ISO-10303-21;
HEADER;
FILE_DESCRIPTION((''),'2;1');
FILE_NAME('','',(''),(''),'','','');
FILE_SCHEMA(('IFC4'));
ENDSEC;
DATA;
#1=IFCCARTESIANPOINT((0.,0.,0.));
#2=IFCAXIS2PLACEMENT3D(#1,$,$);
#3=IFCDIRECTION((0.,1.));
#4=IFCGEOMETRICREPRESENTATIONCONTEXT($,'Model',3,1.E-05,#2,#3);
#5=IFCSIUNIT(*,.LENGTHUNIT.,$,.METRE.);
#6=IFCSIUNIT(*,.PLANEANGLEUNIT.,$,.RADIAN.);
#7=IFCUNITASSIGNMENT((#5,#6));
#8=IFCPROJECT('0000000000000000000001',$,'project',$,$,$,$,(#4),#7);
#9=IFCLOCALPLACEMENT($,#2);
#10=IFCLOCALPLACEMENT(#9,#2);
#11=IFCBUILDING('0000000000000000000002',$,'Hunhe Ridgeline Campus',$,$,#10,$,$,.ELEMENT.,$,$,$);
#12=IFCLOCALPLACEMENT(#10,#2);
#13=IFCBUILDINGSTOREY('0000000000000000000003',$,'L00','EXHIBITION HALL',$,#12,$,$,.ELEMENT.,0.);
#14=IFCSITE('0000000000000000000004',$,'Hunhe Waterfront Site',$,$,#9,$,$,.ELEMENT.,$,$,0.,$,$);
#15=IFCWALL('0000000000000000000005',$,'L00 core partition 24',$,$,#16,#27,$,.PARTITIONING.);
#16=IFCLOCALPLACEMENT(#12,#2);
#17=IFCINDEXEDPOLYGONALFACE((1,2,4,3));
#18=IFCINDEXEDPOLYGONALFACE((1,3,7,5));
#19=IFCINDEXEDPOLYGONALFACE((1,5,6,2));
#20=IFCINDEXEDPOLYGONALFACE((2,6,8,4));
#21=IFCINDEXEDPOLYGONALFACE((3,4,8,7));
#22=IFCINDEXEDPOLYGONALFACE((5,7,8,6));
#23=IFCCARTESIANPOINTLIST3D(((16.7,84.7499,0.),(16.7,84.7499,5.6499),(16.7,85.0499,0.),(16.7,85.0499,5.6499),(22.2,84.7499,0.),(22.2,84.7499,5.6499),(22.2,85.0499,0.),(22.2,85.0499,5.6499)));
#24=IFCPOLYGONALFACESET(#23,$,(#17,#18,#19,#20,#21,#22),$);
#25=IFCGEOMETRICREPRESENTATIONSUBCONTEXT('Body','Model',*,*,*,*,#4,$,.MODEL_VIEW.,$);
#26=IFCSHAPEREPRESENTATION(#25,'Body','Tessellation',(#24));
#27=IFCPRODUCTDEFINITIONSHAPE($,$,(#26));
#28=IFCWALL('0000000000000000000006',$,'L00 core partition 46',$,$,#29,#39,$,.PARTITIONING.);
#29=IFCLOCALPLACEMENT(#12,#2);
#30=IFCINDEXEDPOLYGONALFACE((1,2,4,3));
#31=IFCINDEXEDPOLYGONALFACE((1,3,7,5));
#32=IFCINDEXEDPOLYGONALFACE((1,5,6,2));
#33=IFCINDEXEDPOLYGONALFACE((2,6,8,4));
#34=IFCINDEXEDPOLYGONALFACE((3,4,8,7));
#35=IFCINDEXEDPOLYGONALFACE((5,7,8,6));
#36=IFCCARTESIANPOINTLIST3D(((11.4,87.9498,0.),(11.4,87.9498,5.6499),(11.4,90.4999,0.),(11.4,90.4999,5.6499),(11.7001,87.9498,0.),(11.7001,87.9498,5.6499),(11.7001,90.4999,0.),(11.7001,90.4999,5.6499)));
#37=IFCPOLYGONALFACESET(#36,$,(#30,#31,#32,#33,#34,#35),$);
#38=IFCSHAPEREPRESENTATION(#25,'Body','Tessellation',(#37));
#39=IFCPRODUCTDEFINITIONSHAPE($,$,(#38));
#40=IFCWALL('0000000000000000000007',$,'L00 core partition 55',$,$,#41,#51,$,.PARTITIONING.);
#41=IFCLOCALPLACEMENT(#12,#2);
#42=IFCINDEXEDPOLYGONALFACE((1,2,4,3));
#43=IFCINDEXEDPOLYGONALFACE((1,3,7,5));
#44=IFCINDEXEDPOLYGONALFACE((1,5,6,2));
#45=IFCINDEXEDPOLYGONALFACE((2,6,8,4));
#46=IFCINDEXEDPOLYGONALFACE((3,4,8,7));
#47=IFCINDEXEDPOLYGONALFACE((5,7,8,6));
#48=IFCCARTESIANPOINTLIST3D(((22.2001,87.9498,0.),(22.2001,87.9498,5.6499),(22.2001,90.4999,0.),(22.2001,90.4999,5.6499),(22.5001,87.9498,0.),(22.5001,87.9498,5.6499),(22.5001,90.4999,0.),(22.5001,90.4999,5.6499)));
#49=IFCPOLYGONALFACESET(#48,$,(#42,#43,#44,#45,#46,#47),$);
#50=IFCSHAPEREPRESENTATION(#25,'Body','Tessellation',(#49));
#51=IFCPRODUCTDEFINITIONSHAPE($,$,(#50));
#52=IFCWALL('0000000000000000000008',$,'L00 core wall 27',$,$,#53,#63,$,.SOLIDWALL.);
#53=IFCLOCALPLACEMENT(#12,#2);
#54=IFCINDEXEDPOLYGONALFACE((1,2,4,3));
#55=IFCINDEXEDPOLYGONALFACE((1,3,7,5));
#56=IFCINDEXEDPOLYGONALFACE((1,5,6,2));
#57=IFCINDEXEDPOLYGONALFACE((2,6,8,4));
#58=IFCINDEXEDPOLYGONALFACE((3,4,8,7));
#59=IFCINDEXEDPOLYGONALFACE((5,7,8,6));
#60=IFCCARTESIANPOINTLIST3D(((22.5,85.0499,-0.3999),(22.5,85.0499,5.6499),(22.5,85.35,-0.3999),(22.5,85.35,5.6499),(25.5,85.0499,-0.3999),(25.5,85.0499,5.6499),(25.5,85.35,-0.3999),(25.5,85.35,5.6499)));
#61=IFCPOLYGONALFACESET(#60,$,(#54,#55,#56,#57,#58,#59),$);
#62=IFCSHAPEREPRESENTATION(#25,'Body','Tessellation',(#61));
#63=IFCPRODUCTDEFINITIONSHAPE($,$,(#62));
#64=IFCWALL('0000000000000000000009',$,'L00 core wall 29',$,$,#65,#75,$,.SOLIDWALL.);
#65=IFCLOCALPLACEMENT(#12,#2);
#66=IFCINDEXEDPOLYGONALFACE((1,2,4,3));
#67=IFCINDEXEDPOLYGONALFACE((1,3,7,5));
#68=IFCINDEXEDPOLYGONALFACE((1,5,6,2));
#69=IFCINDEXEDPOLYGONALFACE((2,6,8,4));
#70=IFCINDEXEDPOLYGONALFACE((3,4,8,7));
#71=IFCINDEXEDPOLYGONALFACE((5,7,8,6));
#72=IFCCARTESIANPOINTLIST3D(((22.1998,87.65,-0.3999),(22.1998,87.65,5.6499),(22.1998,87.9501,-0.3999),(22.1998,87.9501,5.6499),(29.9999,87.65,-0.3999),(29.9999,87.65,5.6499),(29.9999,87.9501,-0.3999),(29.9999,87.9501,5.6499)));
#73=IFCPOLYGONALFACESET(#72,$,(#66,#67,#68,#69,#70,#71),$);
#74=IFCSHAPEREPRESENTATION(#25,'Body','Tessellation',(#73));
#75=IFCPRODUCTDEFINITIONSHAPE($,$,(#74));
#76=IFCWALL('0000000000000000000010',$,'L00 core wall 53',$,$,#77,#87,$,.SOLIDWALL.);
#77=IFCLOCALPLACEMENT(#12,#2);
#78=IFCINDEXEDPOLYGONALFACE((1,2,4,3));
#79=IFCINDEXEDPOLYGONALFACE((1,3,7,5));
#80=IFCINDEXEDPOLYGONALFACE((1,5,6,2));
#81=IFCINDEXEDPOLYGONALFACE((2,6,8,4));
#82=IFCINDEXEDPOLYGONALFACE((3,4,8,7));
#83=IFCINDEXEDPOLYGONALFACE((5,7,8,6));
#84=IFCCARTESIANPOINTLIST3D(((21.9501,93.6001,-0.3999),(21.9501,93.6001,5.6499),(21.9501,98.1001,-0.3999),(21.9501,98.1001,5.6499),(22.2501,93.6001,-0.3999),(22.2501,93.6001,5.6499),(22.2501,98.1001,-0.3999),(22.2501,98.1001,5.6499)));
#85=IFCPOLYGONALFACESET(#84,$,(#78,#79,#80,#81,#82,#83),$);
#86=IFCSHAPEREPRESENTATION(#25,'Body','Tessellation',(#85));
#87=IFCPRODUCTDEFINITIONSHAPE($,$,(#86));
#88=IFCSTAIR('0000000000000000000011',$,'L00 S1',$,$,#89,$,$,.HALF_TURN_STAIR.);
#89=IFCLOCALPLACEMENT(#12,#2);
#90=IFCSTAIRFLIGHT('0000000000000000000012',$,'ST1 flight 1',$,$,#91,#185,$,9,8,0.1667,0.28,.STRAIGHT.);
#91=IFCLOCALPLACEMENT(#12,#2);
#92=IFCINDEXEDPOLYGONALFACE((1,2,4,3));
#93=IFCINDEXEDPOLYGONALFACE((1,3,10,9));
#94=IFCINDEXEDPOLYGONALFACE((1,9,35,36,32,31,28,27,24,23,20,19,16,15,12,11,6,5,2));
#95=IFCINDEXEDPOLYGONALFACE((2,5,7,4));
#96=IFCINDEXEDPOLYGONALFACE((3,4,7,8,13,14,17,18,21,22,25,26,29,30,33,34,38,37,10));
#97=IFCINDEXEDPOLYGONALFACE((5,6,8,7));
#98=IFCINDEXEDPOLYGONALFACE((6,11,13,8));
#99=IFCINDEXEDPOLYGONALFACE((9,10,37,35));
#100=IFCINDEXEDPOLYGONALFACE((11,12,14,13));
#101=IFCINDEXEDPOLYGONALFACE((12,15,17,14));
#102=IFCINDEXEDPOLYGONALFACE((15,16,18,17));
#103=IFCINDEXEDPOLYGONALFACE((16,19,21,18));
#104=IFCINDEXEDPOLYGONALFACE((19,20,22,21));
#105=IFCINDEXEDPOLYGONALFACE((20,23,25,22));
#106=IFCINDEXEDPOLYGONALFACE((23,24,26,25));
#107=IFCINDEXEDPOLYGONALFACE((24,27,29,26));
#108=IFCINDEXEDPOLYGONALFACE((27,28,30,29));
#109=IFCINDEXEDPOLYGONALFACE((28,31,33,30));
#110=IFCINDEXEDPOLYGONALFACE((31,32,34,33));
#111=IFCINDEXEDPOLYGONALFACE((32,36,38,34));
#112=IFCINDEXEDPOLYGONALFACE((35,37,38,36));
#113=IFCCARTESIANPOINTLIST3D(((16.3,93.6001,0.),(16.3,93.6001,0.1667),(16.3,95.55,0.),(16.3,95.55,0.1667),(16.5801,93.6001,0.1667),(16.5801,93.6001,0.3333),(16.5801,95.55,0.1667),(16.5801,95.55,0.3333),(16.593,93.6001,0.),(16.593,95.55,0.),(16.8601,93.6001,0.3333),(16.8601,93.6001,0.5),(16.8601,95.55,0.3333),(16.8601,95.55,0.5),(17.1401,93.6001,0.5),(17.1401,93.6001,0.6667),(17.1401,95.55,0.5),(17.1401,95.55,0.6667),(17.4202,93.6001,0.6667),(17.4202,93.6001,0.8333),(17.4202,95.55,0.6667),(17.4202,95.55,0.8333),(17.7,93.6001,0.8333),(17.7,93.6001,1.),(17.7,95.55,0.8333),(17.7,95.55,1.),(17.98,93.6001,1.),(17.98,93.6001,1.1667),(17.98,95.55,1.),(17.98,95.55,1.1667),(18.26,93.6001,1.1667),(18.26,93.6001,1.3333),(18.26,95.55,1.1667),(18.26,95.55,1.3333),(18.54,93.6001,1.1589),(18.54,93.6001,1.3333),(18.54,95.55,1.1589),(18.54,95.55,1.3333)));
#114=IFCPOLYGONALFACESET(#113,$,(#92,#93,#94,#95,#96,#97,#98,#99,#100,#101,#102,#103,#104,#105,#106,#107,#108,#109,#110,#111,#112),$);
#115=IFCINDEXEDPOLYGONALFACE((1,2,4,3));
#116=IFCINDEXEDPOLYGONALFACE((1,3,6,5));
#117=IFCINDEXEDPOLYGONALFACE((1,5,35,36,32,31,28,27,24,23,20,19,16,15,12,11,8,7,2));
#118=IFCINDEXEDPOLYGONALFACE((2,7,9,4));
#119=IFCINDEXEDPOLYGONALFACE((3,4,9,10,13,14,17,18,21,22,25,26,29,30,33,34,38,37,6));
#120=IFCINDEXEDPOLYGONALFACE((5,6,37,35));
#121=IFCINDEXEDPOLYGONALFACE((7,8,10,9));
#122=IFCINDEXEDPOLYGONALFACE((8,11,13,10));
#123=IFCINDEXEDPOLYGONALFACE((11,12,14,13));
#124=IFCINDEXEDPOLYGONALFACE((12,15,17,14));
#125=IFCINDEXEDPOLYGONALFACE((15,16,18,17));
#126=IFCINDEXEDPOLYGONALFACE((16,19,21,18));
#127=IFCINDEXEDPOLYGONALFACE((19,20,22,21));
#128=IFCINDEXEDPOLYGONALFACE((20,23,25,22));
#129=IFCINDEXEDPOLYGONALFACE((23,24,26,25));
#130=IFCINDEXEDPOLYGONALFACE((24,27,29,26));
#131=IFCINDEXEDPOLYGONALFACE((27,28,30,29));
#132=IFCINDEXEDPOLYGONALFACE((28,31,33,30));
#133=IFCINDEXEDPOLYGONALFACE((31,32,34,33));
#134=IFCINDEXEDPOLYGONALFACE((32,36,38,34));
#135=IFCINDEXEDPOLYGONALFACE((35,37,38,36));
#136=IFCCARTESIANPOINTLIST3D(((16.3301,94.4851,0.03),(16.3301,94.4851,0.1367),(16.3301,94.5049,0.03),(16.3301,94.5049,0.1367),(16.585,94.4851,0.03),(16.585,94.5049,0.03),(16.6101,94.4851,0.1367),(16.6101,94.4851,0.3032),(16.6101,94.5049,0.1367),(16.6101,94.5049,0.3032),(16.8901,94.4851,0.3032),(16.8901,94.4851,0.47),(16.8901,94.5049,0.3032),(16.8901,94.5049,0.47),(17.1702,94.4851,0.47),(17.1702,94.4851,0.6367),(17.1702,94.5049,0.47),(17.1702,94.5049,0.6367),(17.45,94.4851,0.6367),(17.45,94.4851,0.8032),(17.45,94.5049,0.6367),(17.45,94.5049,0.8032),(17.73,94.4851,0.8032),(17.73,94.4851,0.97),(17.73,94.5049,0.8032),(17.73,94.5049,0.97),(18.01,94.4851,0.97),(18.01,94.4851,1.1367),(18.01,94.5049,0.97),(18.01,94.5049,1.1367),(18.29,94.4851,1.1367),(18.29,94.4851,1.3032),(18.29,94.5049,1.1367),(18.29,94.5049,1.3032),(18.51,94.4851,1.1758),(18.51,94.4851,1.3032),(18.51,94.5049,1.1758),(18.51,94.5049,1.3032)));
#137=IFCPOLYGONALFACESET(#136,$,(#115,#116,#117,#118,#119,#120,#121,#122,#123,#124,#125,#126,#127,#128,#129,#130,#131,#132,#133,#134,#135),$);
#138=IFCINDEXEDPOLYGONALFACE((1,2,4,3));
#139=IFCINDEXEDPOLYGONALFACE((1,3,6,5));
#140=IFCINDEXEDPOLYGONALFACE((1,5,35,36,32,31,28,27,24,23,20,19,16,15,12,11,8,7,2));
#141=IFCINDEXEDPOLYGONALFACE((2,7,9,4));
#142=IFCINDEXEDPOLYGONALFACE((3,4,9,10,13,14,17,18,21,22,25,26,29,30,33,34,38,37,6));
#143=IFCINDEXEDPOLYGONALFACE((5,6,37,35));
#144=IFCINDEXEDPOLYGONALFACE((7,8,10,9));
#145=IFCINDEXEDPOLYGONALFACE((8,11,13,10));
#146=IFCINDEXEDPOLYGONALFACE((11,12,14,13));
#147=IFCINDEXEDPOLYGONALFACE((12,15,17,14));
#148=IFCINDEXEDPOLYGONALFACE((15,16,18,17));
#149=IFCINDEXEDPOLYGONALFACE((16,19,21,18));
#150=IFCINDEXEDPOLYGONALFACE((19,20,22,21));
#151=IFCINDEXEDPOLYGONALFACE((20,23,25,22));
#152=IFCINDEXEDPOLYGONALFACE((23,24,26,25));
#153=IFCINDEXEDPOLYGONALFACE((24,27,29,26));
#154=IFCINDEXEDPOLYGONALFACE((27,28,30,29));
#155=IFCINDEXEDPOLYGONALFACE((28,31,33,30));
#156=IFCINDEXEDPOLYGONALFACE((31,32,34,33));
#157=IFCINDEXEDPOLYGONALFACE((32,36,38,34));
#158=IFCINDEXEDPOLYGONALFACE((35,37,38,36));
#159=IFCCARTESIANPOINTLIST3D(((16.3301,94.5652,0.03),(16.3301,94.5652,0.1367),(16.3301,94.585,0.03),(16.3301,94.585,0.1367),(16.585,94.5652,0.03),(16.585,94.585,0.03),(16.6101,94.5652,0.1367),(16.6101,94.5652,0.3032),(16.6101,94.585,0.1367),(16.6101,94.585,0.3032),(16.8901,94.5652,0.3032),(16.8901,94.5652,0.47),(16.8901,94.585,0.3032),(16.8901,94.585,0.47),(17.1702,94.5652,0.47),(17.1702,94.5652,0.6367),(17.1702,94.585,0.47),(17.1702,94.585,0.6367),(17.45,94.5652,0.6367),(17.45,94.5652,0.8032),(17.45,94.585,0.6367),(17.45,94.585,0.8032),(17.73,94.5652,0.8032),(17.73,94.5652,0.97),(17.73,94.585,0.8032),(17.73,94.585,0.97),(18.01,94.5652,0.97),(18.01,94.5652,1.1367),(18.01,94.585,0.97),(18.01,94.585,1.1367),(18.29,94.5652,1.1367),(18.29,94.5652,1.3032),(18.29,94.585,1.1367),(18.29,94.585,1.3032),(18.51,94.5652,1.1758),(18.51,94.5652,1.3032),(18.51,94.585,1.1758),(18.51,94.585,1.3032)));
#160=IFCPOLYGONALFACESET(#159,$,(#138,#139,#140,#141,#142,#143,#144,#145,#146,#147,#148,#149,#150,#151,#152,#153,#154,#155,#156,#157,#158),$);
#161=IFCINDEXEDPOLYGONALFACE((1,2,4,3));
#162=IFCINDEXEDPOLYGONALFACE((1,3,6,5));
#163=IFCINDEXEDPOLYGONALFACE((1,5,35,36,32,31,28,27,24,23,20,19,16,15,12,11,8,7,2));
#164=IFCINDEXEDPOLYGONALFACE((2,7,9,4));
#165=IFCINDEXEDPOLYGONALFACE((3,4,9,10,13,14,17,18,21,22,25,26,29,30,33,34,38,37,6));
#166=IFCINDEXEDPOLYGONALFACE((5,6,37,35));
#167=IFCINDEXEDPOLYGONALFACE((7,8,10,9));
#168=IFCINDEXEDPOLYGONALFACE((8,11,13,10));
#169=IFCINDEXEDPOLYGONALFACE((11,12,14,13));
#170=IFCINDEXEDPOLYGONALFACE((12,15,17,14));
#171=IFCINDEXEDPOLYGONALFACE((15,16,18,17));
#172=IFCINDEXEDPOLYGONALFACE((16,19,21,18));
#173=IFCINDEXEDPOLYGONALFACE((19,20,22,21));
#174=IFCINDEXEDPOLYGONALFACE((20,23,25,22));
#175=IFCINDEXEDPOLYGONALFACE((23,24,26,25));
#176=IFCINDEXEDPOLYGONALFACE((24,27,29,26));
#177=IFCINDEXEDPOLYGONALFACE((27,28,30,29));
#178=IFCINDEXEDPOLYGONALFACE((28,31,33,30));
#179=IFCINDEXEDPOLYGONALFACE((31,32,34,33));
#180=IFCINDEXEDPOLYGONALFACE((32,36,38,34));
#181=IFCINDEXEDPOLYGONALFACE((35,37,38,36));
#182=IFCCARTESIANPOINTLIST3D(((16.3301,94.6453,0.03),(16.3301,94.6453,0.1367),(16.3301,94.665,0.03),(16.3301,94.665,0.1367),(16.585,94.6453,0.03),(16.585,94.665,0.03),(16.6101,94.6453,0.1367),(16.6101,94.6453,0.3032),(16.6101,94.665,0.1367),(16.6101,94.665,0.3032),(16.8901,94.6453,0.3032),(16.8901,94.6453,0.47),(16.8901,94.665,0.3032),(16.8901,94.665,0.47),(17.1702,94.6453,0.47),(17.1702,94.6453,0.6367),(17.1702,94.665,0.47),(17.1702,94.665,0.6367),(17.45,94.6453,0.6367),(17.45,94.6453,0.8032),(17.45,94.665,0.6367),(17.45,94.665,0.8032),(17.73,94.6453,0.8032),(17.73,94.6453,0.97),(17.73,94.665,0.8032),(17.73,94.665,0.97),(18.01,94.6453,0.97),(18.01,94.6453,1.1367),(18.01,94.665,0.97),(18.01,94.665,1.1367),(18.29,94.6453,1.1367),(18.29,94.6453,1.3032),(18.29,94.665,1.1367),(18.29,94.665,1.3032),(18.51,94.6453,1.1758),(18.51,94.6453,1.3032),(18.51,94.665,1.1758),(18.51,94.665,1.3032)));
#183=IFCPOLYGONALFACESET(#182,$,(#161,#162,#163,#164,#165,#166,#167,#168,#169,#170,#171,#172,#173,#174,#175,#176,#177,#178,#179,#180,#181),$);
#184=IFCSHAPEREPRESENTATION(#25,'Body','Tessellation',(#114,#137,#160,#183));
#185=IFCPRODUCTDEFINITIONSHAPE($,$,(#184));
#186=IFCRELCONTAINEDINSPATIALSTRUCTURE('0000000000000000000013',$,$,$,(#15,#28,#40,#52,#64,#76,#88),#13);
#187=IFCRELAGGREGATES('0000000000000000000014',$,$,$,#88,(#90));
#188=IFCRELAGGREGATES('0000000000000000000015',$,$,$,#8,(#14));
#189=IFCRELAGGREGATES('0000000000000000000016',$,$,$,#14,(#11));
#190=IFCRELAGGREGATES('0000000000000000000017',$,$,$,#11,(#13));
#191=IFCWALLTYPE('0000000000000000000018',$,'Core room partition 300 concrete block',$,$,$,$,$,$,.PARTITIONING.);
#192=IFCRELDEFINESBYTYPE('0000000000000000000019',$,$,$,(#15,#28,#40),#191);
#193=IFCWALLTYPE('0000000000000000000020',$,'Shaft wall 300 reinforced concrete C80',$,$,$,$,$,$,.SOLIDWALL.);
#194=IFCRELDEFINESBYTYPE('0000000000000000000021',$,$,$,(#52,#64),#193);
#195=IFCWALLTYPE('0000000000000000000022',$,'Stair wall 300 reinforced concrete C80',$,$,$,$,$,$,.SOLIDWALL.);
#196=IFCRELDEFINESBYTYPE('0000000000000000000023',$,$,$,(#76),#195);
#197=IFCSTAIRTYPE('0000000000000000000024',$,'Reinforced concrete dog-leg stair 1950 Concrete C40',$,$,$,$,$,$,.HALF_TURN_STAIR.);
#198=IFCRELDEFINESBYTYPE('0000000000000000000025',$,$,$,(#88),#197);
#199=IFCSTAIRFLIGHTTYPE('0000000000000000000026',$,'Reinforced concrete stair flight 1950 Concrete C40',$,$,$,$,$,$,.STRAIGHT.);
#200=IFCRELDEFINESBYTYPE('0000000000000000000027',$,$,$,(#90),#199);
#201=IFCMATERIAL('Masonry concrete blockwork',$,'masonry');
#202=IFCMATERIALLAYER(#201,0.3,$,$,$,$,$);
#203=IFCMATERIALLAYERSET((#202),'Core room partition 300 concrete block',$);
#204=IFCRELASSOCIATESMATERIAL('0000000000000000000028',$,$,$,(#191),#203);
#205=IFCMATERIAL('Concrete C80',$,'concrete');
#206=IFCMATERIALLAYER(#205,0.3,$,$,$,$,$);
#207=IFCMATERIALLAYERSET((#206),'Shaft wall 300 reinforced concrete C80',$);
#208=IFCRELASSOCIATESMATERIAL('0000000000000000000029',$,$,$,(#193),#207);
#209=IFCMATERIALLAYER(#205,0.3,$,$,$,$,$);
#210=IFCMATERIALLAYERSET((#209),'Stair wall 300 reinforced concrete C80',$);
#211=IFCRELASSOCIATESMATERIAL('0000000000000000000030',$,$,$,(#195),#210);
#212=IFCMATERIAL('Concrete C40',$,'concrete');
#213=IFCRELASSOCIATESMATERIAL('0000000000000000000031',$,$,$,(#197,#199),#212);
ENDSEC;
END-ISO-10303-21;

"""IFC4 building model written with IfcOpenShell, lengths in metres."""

from ifc_helpers import new_model, si_unit, direction, frame, frame_2d, origin, place, context, subcontext, project, spatial, polyline, rectangle, outline, extrude, material, layer, layer_set, type_object, element, aggregate, save


model = new_model("IFC4")

# Units and contexts
model_context = context("Model", 3, precision=1e-05, world=origin(), true_north=direction((0.0, 1.0)))
body_context = subcontext(model_context, "Body", "Model", "MODEL_VIEW")
ifc_project = project(units=[si_unit("LENGTHUNIT", "METRE"), si_unit("PLANEANGLEUNIT", "RADIAN")], contexts=[model_context])

# Site, building, storey
site_placement = place(None, origin())
site = spatial("IfcSite", under=ifc_project, at=site_placement, Name="Hunhe Waterfront Site", CompositionType="ELEMENT", RefElevation=0.0)
building_placement = place(site_placement, origin())
building = spatial("IfcBuilding", under=site, at=building_placement, Name="Hunhe Ridgeline Campus", CompositionType="ELEMENT")
storey_placement = place(building_placement, origin())
storey = spatial("IfcBuildingStorey", under=building, at=storey_placement, Name="L00", Description="EXHIBITION HALL", CompositionType="ELEMENT", Elevation=0.0)

# Walls
ifc_material_1 = material(Name="Masonry concrete blockwork", Category="masonry")
ifc_layer_1 = layer(ifc_material_1, 0.3)
ifc_layer_set_1 = layer_set([ifc_layer_1], Name="Core room partition 300 concrete block")
wall_type_1 = type_object("IfcWallType", Name="Core room partition 300 concrete block", PredefinedType="PARTITIONING", material=ifc_layer_set_1)
wall_1_placement = place(storey_placement, frame((16.7, 84.8999, 0.0), z_axis=(0.0, 0.0, 1.0), x_axis=(1.0, 0.0, 0.0)))
element("IfcWall", 1, at=wall_1_placement, inside=storey, type_object=wall_type_1, Name="L00 core partition 24", PredefinedType="PARTITIONING", context=body_context, shape_type="SweptSolid", body=[
    extrude(rectangle(XDim=5.5, YDim=0.3, at=frame_2d((2.75, 0.0))), origin(), (0.0, 0.0, 1.0), 5.6499),
])
for number, where, z_axis, x_axis, name in (
    (2, (11.55, 87.95, 0.0), (0.0, 0.0, 1.0), (0.0, 1.0, 0.0), "L00 core partition 46"),
    (3, (22.3501, 87.95, 0.0), (0.0, 0.0, 1.0), (0.0, 1.0, 0.0), "L00 core partition 55"),
):
    element("IfcWall", number, at=place(storey_placement, frame(where, z_axis=z_axis, x_axis=x_axis)), inside=storey, type_object=wall_type_1, Name=name, PredefinedType="PARTITIONING", context=body_context, shape_type="SweptSolid", body=[
        extrude(rectangle(XDim=2.55, YDim=0.3, at=frame_2d((1.2749, 0.0))), origin(), (0.0, 0.0, 1.0), 5.6499),
    ])
ifc_material_2 = material(Name="Concrete C80", Category="concrete")
ifc_layer_2 = layer(ifc_material_2, 0.3)
ifc_layer_set_2 = layer_set([ifc_layer_2], Name="Shaft wall 300 reinforced concrete C80")
wall_type_2 = type_object("IfcWallType", Name="Shaft wall 300 reinforced concrete C80", PredefinedType="SOLIDWALL", material=ifc_layer_set_2)
wall_2_placement = place(storey_placement, frame((22.5, 85.2, -0.3999), z_axis=(0.0, 0.0, 1.0), x_axis=(1.0, 0.0, 0.0)))
element("IfcWall", 4, at=wall_2_placement, inside=storey, type_object=wall_type_2, Name="L00 core wall 27", PredefinedType="SOLIDWALL", context=body_context, shape_type="SweptSolid", body=[
    extrude(rectangle(XDim=3.0, YDim=0.3, at=frame_2d((1.5, 0.0))), origin(), (0.0, 0.0, 1.0), 6.0498),
])
wall_3_placement = place(storey_placement, frame((22.2, 87.8, -0.3999), z_axis=(0.0, 0.0, 1.0), x_axis=(1.0, 0.0, 0.0)))
element("IfcWall", 5, at=wall_3_placement, inside=storey, type_object=wall_type_2, Name="L00 core wall 29", PredefinedType="SOLIDWALL", context=body_context, shape_type="SweptSolid", body=[
    extrude(rectangle(XDim=7.8, YDim=0.3, at=frame_2d((3.8999, 0.0))), origin(), (0.0, 0.0, 1.0), 6.0498),
])

# Shared definitions
ifc_layer_3 = layer(ifc_material_2, 0.3)
ifc_layer_set_3 = layer_set([ifc_layer_3], Name="Stair wall 300 reinforced concrete C80")
wall_type_3 = type_object("IfcWallType", Name="Stair wall 300 reinforced concrete C80", PredefinedType="SOLIDWALL", material=ifc_layer_set_3)

# Wall
wall_4_placement = place(storey_placement, frame((22.1001, 93.6001, -0.3999), z_axis=(0.0, 0.0, 1.0), x_axis=(0.0, 1.0, 0.0)))
element("IfcWall", 6, at=wall_4_placement, inside=storey, type_object=wall_type_3, Name="L00 core wall 53", PredefinedType="SOLIDWALL", context=body_context, shape_type="SweptSolid", body=[
    extrude(rectangle(XDim=4.5, YDim=0.3, at=frame_2d((2.25, 0.0))), origin(), (0.0, 0.0, 1.0), 6.0498),
])

# Stair, stair flight
ifc_material_3 = material(Name="Concrete C40", Category="concrete")
stair_type = type_object("IfcStairType", Name="Reinforced concrete dog-leg stair 1950 Concrete C40", PredefinedType="HALF_TURN_STAIR", material=ifc_material_3)
stair_placement = place(storey_placement, origin())
stair = element("IfcStair", 7, at=stair_placement, inside=storey, type_object=stair_type, Name="L00 S1", PredefinedType="HALF_TURN_STAIR")
stair_flight_type = type_object("IfcStairFlightType", Name="Reinforced concrete stair flight 1950 Concrete C40", PredefinedType="STRAIGHT", material=ifc_material_3)
stair_flight_1_placement = place(storey_placement, frame((16.3, 94.575, 0.0), z_axis=(0.0, 0.0, 1.0), x_axis=(1.0, 0.0, 0.0)))
stair_flight_1 = element("IfcStairFlight", 8, at=stair_flight_1_placement, type_object=stair_flight_type, Name="ST1 flight 1", NumberOfRisers=9, NumberOfTreads=8, PredefinedType="STRAIGHT", RiserHeight=0.1667, TreadLength=0.28, context=body_context, shape_type="SweptSolid", body=[
    extrude(outline(polyline([(0.0, 0.0), (0.0, 0.1667), (0.28, 0.1667), (0.28, 0.3333), (0.5601, 0.3333), (0.5601, 0.5), (0.8401, 0.5), (0.8401, 0.6667), (1.1201, 0.6667), (1.1201, 0.8333), (1.3999, 0.8333), (1.3999, 1.0), (1.6799, 1.0), (1.6799, 1.1667), (1.96, 1.1667), (1.96, 1.3333), (2.24, 1.3333), (2.24, 1.5), (2.24, 1.1589), (0.293, 0.0), (0.0, 0.0)])), frame((0.0, 0.9751, 0.0), z_axis=(0.0, -1.0, 0.0), x_axis=(1.0, 0.0, 0.0)), (0.0, 0.0, 1.0), 1.95),
    extrude(outline(polyline([(0.03, 0.03), (0.03, 0.1367), (0.3101, 0.1367), (0.3101, 0.3032), (0.5901, 0.3032), (0.5901, 0.47), (0.8701, 0.47), (0.8701, 0.6367), (1.1499, 0.6367), (1.1499, 0.8032), (1.4299, 0.8032), (1.4299, 0.97), (1.71, 0.97), (1.71, 1.1367), (1.99, 1.1367), (1.99, 1.3032), (2.21, 1.3032), (2.21, 1.1758), (0.2849, 0.03), (0.03, 0.03)])), frame((0.0, -0.0701, 0.0), z_axis=(0.0, -1.0, 0.0), x_axis=(1.0, 0.0, 0.0)), (0.0, 0.0, 1.0), 0.0198),
    extrude(outline(polyline([(0.03, 0.03), (0.03, 0.1367), (0.3101, 0.1367), (0.3101, 0.3032), (0.5901, 0.3032), (0.5901, 0.47), (0.8701, 0.47), (0.8701, 0.6367), (1.1499, 0.6367), (1.1499, 0.8032), (1.4299, 0.8032), (1.4299, 0.97), (1.71, 0.97), (1.71, 1.1367), (1.99, 1.1367), (1.99, 1.3032), (2.21, 1.3032), (2.21, 1.1758), (0.2849, 0.03), (0.03, 0.03)])), frame((0.0, 0.01, 0.0), z_axis=(0.0, -1.0, 0.0), x_axis=(1.0, 0.0, 0.0)), (0.0, 0.0, 1.0), 0.0198),
    extrude(outline(polyline([(0.03, 0.03), (0.03, 0.1367), (0.3101, 0.1367), (0.3101, 0.3032), (0.5901, 0.3032), (0.5901, 0.47), (0.8701, 0.47), (0.8701, 0.6367), (1.1499, 0.6367), (1.1499, 0.8032), (1.4299, 0.8032), (1.4299, 0.97), (1.71, 0.97), (1.71, 1.1367), (1.99, 1.1367), (1.99, 1.3032), (2.21, 1.3032), (2.21, 1.1758), (0.2849, 0.03), (0.03, 0.03)])), frame((0.0, 0.0901, 0.0), z_axis=(0.0, -1.0, 0.0), x_axis=(1.0, 0.0, 0.0)), (0.0, 0.0, 1.0), 0.0198),
])
aggregate(stair, [stair_flight_1])

save(model, "model.ifc")
